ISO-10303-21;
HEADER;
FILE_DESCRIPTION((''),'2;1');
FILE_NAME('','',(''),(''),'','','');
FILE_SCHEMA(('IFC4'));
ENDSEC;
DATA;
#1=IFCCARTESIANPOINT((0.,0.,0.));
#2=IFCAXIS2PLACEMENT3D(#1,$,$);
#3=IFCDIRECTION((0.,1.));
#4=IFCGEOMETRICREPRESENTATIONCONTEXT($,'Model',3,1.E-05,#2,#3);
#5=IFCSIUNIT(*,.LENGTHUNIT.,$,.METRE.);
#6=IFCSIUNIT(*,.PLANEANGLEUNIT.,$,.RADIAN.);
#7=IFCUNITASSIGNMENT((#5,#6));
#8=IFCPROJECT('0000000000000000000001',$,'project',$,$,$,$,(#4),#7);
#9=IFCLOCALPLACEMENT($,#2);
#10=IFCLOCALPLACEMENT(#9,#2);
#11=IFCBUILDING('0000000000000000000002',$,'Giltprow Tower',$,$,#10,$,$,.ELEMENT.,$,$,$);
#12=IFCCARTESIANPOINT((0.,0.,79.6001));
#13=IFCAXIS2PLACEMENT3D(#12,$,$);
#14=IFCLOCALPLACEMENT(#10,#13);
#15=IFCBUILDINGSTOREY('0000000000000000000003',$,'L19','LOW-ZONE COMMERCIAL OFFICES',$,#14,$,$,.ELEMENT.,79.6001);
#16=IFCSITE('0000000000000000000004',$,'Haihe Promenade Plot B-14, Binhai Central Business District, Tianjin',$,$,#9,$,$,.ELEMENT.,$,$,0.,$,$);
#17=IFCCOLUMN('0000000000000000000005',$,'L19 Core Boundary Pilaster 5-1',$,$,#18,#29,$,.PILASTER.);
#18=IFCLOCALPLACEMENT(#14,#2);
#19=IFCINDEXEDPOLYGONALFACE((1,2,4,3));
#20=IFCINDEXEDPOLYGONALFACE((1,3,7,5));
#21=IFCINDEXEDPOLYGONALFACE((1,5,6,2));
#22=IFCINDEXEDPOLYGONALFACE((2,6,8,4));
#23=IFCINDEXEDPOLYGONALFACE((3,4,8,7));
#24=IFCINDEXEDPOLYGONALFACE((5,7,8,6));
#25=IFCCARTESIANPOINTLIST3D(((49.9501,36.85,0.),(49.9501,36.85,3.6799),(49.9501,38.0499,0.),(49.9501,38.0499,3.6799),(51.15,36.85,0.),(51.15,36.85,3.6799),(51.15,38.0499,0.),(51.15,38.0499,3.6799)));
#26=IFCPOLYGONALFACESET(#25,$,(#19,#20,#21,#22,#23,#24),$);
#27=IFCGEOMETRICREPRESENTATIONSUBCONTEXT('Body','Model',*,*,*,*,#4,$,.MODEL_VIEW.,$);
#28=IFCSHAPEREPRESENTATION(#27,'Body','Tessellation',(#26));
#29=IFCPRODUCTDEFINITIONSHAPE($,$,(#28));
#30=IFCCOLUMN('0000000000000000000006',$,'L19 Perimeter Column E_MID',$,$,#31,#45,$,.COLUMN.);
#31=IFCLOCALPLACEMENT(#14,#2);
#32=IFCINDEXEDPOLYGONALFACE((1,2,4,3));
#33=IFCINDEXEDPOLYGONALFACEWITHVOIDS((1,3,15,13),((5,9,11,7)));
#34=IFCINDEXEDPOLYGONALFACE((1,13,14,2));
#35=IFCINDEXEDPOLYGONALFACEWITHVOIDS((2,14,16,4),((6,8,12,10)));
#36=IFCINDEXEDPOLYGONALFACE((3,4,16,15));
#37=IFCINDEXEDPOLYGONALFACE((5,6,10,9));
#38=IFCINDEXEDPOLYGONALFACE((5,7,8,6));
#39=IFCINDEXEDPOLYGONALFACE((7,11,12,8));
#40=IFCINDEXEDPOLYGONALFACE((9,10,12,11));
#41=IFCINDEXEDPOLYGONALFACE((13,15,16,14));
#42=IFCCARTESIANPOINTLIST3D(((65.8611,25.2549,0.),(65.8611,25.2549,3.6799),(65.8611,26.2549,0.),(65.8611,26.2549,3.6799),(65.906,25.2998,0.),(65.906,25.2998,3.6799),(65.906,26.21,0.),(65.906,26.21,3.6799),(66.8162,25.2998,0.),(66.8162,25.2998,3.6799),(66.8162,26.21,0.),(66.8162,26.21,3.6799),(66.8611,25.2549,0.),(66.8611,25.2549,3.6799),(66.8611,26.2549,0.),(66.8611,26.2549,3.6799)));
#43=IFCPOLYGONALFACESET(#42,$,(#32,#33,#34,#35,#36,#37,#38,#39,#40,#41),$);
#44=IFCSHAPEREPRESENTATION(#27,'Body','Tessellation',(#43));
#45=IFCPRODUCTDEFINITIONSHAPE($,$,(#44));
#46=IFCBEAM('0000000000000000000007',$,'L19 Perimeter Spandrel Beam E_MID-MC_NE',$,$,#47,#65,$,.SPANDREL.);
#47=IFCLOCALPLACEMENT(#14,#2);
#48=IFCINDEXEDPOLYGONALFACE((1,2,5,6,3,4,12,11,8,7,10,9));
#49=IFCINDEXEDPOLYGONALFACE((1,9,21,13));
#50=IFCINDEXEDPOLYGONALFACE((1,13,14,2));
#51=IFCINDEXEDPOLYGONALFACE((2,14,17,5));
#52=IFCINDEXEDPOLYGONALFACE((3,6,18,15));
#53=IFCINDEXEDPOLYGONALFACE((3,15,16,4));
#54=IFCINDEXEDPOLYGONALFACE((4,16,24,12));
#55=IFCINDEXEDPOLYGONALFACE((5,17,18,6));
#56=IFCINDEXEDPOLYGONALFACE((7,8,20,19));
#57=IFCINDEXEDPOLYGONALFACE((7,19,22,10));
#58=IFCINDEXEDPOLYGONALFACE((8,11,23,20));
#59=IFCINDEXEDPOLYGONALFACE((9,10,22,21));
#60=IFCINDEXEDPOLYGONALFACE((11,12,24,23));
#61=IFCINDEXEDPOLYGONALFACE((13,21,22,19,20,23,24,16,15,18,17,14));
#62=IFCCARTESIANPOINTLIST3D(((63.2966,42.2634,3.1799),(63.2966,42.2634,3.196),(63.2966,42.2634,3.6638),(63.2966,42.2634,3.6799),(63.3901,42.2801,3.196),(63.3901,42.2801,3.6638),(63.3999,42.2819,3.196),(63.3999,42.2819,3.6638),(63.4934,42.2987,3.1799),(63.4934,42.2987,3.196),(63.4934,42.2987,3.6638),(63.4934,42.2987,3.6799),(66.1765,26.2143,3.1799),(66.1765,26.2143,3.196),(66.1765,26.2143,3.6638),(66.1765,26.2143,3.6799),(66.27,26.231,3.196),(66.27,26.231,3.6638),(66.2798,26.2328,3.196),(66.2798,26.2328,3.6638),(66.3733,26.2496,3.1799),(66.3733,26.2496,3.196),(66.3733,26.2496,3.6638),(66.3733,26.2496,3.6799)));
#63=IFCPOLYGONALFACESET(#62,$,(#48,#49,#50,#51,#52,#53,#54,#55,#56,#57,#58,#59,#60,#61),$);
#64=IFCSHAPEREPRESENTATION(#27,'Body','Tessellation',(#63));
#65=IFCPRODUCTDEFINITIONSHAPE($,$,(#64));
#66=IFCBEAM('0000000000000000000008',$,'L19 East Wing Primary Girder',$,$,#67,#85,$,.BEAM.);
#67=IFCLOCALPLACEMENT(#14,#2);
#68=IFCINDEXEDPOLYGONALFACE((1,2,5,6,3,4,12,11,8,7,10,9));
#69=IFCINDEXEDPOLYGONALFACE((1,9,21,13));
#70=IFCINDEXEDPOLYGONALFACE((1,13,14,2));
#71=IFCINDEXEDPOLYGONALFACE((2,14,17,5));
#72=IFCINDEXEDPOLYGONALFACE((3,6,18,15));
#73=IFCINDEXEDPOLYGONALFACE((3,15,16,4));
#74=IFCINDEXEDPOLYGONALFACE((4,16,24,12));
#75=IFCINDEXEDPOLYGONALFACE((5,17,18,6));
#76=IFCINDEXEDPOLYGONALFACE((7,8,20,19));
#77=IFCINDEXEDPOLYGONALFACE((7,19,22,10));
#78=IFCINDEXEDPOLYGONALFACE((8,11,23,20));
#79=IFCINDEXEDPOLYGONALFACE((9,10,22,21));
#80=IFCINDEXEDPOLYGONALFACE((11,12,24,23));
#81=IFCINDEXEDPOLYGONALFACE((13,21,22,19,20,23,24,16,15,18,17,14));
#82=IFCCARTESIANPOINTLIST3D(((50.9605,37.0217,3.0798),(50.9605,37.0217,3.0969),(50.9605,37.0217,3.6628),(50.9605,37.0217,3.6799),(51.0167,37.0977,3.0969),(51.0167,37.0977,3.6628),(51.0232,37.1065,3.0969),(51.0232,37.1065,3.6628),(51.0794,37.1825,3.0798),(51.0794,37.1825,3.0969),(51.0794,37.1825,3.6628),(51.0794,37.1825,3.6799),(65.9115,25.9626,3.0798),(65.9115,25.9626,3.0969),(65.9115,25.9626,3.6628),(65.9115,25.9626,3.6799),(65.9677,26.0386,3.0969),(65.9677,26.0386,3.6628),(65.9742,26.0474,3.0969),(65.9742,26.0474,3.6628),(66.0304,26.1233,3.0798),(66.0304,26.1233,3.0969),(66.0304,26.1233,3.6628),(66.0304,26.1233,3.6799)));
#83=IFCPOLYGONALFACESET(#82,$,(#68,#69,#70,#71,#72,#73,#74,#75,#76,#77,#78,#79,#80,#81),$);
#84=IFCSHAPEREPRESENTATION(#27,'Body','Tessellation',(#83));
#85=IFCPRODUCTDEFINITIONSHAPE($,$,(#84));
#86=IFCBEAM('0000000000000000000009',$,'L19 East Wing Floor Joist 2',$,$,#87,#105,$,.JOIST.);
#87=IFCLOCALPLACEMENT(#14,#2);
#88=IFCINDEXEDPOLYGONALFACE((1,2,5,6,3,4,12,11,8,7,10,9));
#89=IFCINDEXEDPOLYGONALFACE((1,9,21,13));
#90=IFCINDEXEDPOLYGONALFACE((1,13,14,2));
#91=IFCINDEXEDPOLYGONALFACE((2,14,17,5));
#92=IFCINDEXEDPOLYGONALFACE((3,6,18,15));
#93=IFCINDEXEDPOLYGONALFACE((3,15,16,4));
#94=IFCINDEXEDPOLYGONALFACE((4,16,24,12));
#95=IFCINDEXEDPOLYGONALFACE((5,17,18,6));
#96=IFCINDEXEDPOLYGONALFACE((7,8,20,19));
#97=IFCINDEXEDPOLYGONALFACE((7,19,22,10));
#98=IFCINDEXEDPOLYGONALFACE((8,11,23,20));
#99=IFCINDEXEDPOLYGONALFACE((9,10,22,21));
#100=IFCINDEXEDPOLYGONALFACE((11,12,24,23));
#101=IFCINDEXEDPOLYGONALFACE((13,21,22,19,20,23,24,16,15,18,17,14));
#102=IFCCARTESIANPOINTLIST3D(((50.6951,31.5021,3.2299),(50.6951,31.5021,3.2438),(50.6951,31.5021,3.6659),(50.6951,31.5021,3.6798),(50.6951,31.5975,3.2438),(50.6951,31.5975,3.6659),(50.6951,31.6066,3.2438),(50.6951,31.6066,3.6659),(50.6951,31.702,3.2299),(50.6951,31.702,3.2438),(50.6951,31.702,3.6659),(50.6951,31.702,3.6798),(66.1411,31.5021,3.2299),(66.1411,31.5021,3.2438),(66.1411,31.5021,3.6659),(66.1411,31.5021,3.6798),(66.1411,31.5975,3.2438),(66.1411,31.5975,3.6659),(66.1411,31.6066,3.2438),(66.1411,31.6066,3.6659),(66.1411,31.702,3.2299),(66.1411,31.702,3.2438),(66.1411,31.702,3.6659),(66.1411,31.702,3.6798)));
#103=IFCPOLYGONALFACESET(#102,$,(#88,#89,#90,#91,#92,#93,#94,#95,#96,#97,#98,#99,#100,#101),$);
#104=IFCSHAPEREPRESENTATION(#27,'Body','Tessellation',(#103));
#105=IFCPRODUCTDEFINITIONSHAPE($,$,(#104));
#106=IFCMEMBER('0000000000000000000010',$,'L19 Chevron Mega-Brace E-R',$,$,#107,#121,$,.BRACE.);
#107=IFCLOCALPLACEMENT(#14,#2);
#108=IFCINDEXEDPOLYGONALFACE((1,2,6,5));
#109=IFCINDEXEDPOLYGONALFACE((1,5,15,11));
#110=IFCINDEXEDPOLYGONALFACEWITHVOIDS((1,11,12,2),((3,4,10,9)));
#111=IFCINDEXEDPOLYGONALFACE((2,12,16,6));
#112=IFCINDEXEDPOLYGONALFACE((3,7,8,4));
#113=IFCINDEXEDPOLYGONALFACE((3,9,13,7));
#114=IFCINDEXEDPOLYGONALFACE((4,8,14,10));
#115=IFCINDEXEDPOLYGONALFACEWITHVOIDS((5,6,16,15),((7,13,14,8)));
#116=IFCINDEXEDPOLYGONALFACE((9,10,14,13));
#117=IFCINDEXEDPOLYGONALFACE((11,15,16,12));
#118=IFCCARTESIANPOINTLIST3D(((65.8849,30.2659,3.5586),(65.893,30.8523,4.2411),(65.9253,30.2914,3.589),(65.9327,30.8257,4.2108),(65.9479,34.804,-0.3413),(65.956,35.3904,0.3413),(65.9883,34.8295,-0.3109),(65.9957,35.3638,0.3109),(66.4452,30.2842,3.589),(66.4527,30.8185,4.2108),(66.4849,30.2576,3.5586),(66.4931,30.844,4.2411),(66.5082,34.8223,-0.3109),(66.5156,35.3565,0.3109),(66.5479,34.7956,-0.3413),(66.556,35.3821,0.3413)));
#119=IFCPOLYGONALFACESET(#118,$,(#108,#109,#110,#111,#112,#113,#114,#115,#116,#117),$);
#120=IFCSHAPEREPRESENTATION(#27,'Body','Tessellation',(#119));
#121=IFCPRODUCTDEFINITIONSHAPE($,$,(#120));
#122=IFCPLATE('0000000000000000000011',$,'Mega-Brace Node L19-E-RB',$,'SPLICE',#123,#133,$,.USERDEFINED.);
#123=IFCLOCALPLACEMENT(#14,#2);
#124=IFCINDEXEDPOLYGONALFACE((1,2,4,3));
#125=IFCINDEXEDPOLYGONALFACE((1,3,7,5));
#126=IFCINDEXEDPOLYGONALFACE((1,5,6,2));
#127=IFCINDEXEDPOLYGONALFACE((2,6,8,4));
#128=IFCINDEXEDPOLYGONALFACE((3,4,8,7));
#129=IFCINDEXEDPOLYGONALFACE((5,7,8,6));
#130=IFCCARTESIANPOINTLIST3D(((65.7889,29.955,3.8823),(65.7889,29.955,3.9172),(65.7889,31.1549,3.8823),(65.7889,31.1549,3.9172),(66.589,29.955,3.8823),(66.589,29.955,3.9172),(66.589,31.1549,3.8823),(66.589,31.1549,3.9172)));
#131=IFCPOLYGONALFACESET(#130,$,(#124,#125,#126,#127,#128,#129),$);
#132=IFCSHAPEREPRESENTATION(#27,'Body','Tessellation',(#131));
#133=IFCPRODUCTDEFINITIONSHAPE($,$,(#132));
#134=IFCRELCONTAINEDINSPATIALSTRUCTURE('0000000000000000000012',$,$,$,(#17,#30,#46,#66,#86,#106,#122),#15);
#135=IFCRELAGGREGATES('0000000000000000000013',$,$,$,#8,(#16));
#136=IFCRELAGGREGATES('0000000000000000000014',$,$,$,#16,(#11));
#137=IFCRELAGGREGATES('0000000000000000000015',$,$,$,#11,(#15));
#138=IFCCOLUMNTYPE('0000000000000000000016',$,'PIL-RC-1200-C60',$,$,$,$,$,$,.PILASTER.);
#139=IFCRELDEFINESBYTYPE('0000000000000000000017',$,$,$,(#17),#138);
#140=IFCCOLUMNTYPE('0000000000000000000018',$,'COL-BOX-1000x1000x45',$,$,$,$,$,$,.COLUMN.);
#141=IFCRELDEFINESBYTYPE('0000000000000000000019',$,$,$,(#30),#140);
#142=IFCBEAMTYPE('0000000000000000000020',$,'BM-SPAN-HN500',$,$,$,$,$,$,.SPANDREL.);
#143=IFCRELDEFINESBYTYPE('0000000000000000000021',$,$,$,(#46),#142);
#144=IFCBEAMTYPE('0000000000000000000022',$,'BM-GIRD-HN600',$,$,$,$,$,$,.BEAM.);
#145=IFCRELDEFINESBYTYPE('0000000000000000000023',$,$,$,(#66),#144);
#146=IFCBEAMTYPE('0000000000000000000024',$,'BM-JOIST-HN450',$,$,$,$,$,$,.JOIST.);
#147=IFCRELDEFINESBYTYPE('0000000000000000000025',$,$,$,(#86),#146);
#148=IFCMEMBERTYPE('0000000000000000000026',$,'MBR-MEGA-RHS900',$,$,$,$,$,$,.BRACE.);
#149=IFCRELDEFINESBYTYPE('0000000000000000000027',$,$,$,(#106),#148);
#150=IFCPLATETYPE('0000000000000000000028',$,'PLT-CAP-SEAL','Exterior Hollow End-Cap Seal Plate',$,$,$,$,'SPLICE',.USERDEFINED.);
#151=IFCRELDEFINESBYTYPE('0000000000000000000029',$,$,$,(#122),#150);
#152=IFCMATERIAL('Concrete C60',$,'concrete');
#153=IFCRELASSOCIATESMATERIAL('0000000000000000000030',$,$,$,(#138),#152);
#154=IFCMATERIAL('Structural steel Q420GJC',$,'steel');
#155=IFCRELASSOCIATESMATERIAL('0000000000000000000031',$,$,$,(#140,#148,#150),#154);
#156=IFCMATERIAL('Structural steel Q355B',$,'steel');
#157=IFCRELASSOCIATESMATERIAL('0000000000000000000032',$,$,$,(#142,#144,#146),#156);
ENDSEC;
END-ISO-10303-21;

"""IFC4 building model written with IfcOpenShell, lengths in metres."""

from ifc_helpers import new_model, si_unit, direction, frame, origin, origin_2d, place, context, subcontext, project, spatial, rectangle, hollow_rectangle, i_section, extrude, source, transform, mapped, material, material_profile, profile_set, type_object, element, save


model = new_model("IFC4")

# Units and contexts
model_context = context("Model", 3, precision=1e-05, world=origin(), true_north=direction((0.0, 1.0)))
body_context = subcontext(model_context, "Body", "Model", "MODEL_VIEW")
ifc_project = project(units=[si_unit("LENGTHUNIT", "METRE"), si_unit("PLANEANGLEUNIT", "RADIAN")], contexts=[model_context])

# Site, building, storey
site_placement = place(None, origin())
site = spatial("IfcSite", under=ifc_project, at=site_placement, Name="Haihe Promenade Plot B-14, Binhai Central Business District, Tianjin", CompositionType="ELEMENT", RefElevation=0.0)
building_placement = place(site_placement, origin())
building = spatial("IfcBuilding", under=site, at=building_placement, Name="Giltprow Tower", CompositionType="ELEMENT")
storey_placement = place(building_placement, frame((0.0, 0.0, 79.6001)))
storey = spatial("IfcBuildingStorey", under=building, at=storey_placement, Name="L19", Description="LOW-ZONE COMMERCIAL OFFICES", CompositionType="ELEMENT", Elevation=79.6001)

# Columns
ifc_material_1 = material(Name="Concrete C60", Category="concrete")
ifc_material_profile_1 = material_profile(ifc_material_1, rectangle(XDim=1.2, YDim=1.2, at=origin_2d()), Name="RC 1200x1200")
ifc_profile_set_1 = profile_set([ifc_material_profile_1], Name="Concrete C60")
column_type_1 = type_object("IfcColumnType", Name="PIL-RC-1200-C60", PredefinedType="PILASTER", material=ifc_profile_set_1)
shared_shape_1 = source(origin(), body_context, "Body", "SweptSolid", [
    extrude(rectangle(XDim=1.2, YDim=1.2, at=origin_2d()), origin(), (0.0, 0.0, 1.0), 3.6799),
])
column_1_placement = place(storey_placement, frame((50.55, 37.45, 0.0), z_axis=(0.0, 0.0, 1.0), x_axis=(1.0, 0.0, 0.0)))
element("IfcColumn", 1, at=column_1_placement, inside=storey, type_object=column_type_1, Name="L19 Core Boundary Pilaster 5-1", PredefinedType="PILASTER", context=body_context, shape_type="MappedRepresentation", body=[
    mapped(shared_shape_1, transform((0.0, 0.0, 0.0), x_axis=(1.0, 0.0, 0.0), y_axis=(0.0, 1.0, 0.0), z_axis=(0.0, 0.0, 1.0), scale=1.0)),
])
ifc_material_2 = material(Name="Structural steel Q420GJC", Category="steel")
ifc_material_profile_2 = material_profile(ifc_material_2, hollow_rectangle(XDim=1.0, YDim=1.0, WallThickness=0.0449, at=origin_2d()), Name="BOX 1000x1000x45")
ifc_profile_set_2 = profile_set([ifc_material_profile_2], Name="Structural steel Q420GJC")
column_type_2 = type_object("IfcColumnType", Name="COL-BOX-1000x1000x45", PredefinedType="COLUMN", material=ifc_profile_set_2)
shared_shape_2 = source(origin(), body_context, "Body", "SweptSolid", [
    extrude(hollow_rectangle(XDim=1.0, YDim=1.0, WallThickness=0.0449, at=origin_2d()), origin(), (0.0, 0.0, 1.0), 3.6799),
])
column_2_placement = place(storey_placement, frame((66.3611, 25.7549, 0.0), z_axis=(0.0, 0.0, 1.0), x_axis=(1.0, 0.0, 0.0)))
element("IfcColumn", 2, at=column_2_placement, inside=storey, type_object=column_type_2, Name="L19 Perimeter Column E_MID", PredefinedType="COLUMN", context=body_context, shape_type="MappedRepresentation", body=[
    mapped(shared_shape_2, transform((0.0, 0.0, 0.0), x_axis=(1.0, 0.0, 0.0), y_axis=(0.0, 1.0, 0.0), z_axis=(0.0, 0.0, 1.0), scale=1.0)),
])

# Beams
ifc_material_3 = material(Name="Structural steel Q355B", Category="steel")
ifc_material_profile_3 = material_profile(ifc_material_3, i_section(OverallWidth=0.2, OverallDepth=0.5, WebThickness=0.01, FlangeThickness=0.0161, at=origin_2d()), Name="HN 500x200x10x16")
ifc_profile_set_3 = profile_set([ifc_material_profile_3], Name="Structural steel Q355B")
beam_type_1 = type_object("IfcBeamType", Name="BM-SPAN-HN500", PredefinedType="SPANDREL", material=ifc_profile_set_3)
shared_shape_3 = source(origin(), body_context, "Body", "SweptSolid", [
    extrude(i_section(OverallWidth=0.2, OverallDepth=0.5, WebThickness=0.01, FlangeThickness=0.0161, at=origin_2d()), origin(), (0.0, 0.0, 1.0), 16.3054),
])
beam_1_placement = place(storey_placement, frame((66.2749, 26.2319, 3.4299), z_axis=(-0.176621, 0.984279, 0.0), x_axis=(-0.984279, -0.176621, 0.0)))
element("IfcBeam", 3, at=beam_1_placement, inside=storey, type_object=beam_type_1, Name="L19 Perimeter Spandrel Beam E_MID-MC_NE", PredefinedType="SPANDREL", context=body_context, shape_type="MappedRepresentation", body=[
    mapped(shared_shape_3, transform((0.0, 0.0, 0.0), x_axis=(1.0, 0.0, 0.0), y_axis=(0.0, 1.0, 0.0), z_axis=(0.0, 0.0, 1.0), scale=1.0)),
])
ifc_material_profile_4 = material_profile(ifc_material_3, i_section(OverallWidth=0.2, OverallDepth=0.6001, WebThickness=0.011, FlangeThickness=0.0171, at=origin_2d()), Name="HN 600x200x11x17")
ifc_profile_set_4 = profile_set([ifc_material_profile_4], Name="Structural steel Q355B")
beam_type_2 = type_object("IfcBeamType", Name="BM-GIRD-HN600", PredefinedType="BEAM", material=ifc_profile_set_4)
shared_shape_4 = source(origin(), body_context, "Body", "SweptSolid", [
    extrude(i_section(OverallWidth=0.2, OverallDepth=0.6001, WebThickness=0.011, FlangeThickness=0.0171, at=origin_2d()), origin(), (0.0, 0.0, 1.0), 18.5967),
])
beam_2_placement = place(storey_placement, frame((65.9709, 26.043, 3.3799), z_axis=(-0.80396, 0.594683, 0.0), x_axis=(-0.594683, -0.80396, 0.0)))
element("IfcBeam", 4, at=beam_2_placement, inside=storey, type_object=beam_type_2, Name="L19 East Wing Primary Girder", PredefinedType="BEAM", context=body_context, shape_type="MappedRepresentation", body=[
    mapped(shared_shape_4, transform((0.0, 0.0, 0.0), x_axis=(1.0, 0.0, 0.0), y_axis=(0.0, 1.0, 0.0), z_axis=(0.0, 0.0, 1.0), scale=1.0)),
])
ifc_material_profile_5 = material_profile(ifc_material_3, i_section(OverallWidth=0.2, OverallDepth=0.45, WebThickness=0.009, FlangeThickness=0.0139, at=origin_2d()), Name="HN 450x200x9x14")
ifc_profile_set_5 = profile_set([ifc_material_profile_5], Name="Structural steel Q355B")
beam_type_3 = type_object("IfcBeamType", Name="BM-JOIST-HN450", PredefinedType="JOIST", material=ifc_profile_set_5)
shared_shape_5 = source(origin(), body_context, "Body", "SweptSolid", [
    extrude(i_section(OverallWidth=0.2, OverallDepth=0.45, WebThickness=0.009, FlangeThickness=0.0139, at=origin_2d()), origin(), (0.0, 0.0, 1.0), 15.446),
])
beam_3_placement = place(storey_placement, frame((50.6951, 31.6021, 3.4548), z_axis=(1.0, 0.0, 0.0), x_axis=(0.0, 1.0, 0.0)))
element("IfcBeam", 5, at=beam_3_placement, inside=storey, type_object=beam_type_3, Name="L19 East Wing Floor Joist 2", PredefinedType="JOIST", context=body_context, shape_type="MappedRepresentation", body=[
    mapped(shared_shape_5, transform((0.0, 0.0, 0.0), x_axis=(1.0, 0.0, 0.0), y_axis=(0.0, 1.0, 0.0), z_axis=(0.0, 0.0, 1.0), scale=1.0)),
])

# Member
ifc_material_profile_6 = material_profile(ifc_material_2, hollow_rectangle(XDim=0.6001, YDim=0.8999, WallThickness=0.04, at=origin_2d()), Name="RHS 900x600x40")
ifc_profile_set_6 = profile_set([ifc_material_profile_6], Name="Structural steel Q420GJC")
member_type = type_object("IfcMemberType", Name="MBR-MEGA-RHS900", PredefinedType="BRACE", material=ifc_profile_set_6)
shared_shape_6 = source(origin(), body_context, "Body", "SweptSolid", [
    extrude(hollow_rectangle(XDim=0.6001, YDim=0.8999, WallThickness=0.04, at=origin_2d()), origin(), (0.0, 0.0, 1.0), 5.9839),
])
member_placement = place(storey_placement, frame((66.252, 35.093, 0.0), z_axis=(-0.010526, -0.758379, 0.651729), x_axis=(0.999904, -0.013879, 0.0)))
element("IfcMember", 6, at=member_placement, inside=storey, type_object=member_type, Name="L19 Chevron Mega-Brace E-R", PredefinedType="BRACE", context=body_context, shape_type="MappedRepresentation", body=[
    mapped(shared_shape_6, transform((0.0, 0.0, 0.0), x_axis=(1.0, 0.0, 0.0), y_axis=(0.0, 1.0, 0.0), z_axis=(0.0, 0.0, 1.0), scale=1.0)),
])

# Plate
plate_type = type_object("IfcPlateType", Name="PLT-CAP-SEAL", Description="Exterior Hollow End-Cap Seal Plate", ElementType="SPLICE", PredefinedType="USERDEFINED", material=ifc_material_2)
shared_shape_7 = source(origin(), body_context, "Body", "SweptSolid", [
    extrude(rectangle(XDim=1.2, YDim=0.8, at=origin_2d()), origin(), (0.0, 0.0, 1.0), 0.0349),
])
plate_placement = place(storey_placement, frame((66.189, 30.5549, 3.8823), z_axis=(0.0, 0.0, 1.0), x_axis=(0.0, 1.0, 0.0)))
element("IfcPlate", 7, at=plate_placement, inside=storey, type_object=plate_type, Name="Mega-Brace Node L19-E-RB", ObjectType="SPLICE", PredefinedType="USERDEFINED", context=body_context, shape_type="MappedRepresentation", body=[
    mapped(shared_shape_7, transform((0.0, 0.0, 0.0), x_axis=(1.0, 0.0, 0.0), y_axis=(0.0, 1.0, 0.0), z_axis=(0.0, 0.0, 1.0), scale=1.0)),
])

save(model, "model.ifc")
